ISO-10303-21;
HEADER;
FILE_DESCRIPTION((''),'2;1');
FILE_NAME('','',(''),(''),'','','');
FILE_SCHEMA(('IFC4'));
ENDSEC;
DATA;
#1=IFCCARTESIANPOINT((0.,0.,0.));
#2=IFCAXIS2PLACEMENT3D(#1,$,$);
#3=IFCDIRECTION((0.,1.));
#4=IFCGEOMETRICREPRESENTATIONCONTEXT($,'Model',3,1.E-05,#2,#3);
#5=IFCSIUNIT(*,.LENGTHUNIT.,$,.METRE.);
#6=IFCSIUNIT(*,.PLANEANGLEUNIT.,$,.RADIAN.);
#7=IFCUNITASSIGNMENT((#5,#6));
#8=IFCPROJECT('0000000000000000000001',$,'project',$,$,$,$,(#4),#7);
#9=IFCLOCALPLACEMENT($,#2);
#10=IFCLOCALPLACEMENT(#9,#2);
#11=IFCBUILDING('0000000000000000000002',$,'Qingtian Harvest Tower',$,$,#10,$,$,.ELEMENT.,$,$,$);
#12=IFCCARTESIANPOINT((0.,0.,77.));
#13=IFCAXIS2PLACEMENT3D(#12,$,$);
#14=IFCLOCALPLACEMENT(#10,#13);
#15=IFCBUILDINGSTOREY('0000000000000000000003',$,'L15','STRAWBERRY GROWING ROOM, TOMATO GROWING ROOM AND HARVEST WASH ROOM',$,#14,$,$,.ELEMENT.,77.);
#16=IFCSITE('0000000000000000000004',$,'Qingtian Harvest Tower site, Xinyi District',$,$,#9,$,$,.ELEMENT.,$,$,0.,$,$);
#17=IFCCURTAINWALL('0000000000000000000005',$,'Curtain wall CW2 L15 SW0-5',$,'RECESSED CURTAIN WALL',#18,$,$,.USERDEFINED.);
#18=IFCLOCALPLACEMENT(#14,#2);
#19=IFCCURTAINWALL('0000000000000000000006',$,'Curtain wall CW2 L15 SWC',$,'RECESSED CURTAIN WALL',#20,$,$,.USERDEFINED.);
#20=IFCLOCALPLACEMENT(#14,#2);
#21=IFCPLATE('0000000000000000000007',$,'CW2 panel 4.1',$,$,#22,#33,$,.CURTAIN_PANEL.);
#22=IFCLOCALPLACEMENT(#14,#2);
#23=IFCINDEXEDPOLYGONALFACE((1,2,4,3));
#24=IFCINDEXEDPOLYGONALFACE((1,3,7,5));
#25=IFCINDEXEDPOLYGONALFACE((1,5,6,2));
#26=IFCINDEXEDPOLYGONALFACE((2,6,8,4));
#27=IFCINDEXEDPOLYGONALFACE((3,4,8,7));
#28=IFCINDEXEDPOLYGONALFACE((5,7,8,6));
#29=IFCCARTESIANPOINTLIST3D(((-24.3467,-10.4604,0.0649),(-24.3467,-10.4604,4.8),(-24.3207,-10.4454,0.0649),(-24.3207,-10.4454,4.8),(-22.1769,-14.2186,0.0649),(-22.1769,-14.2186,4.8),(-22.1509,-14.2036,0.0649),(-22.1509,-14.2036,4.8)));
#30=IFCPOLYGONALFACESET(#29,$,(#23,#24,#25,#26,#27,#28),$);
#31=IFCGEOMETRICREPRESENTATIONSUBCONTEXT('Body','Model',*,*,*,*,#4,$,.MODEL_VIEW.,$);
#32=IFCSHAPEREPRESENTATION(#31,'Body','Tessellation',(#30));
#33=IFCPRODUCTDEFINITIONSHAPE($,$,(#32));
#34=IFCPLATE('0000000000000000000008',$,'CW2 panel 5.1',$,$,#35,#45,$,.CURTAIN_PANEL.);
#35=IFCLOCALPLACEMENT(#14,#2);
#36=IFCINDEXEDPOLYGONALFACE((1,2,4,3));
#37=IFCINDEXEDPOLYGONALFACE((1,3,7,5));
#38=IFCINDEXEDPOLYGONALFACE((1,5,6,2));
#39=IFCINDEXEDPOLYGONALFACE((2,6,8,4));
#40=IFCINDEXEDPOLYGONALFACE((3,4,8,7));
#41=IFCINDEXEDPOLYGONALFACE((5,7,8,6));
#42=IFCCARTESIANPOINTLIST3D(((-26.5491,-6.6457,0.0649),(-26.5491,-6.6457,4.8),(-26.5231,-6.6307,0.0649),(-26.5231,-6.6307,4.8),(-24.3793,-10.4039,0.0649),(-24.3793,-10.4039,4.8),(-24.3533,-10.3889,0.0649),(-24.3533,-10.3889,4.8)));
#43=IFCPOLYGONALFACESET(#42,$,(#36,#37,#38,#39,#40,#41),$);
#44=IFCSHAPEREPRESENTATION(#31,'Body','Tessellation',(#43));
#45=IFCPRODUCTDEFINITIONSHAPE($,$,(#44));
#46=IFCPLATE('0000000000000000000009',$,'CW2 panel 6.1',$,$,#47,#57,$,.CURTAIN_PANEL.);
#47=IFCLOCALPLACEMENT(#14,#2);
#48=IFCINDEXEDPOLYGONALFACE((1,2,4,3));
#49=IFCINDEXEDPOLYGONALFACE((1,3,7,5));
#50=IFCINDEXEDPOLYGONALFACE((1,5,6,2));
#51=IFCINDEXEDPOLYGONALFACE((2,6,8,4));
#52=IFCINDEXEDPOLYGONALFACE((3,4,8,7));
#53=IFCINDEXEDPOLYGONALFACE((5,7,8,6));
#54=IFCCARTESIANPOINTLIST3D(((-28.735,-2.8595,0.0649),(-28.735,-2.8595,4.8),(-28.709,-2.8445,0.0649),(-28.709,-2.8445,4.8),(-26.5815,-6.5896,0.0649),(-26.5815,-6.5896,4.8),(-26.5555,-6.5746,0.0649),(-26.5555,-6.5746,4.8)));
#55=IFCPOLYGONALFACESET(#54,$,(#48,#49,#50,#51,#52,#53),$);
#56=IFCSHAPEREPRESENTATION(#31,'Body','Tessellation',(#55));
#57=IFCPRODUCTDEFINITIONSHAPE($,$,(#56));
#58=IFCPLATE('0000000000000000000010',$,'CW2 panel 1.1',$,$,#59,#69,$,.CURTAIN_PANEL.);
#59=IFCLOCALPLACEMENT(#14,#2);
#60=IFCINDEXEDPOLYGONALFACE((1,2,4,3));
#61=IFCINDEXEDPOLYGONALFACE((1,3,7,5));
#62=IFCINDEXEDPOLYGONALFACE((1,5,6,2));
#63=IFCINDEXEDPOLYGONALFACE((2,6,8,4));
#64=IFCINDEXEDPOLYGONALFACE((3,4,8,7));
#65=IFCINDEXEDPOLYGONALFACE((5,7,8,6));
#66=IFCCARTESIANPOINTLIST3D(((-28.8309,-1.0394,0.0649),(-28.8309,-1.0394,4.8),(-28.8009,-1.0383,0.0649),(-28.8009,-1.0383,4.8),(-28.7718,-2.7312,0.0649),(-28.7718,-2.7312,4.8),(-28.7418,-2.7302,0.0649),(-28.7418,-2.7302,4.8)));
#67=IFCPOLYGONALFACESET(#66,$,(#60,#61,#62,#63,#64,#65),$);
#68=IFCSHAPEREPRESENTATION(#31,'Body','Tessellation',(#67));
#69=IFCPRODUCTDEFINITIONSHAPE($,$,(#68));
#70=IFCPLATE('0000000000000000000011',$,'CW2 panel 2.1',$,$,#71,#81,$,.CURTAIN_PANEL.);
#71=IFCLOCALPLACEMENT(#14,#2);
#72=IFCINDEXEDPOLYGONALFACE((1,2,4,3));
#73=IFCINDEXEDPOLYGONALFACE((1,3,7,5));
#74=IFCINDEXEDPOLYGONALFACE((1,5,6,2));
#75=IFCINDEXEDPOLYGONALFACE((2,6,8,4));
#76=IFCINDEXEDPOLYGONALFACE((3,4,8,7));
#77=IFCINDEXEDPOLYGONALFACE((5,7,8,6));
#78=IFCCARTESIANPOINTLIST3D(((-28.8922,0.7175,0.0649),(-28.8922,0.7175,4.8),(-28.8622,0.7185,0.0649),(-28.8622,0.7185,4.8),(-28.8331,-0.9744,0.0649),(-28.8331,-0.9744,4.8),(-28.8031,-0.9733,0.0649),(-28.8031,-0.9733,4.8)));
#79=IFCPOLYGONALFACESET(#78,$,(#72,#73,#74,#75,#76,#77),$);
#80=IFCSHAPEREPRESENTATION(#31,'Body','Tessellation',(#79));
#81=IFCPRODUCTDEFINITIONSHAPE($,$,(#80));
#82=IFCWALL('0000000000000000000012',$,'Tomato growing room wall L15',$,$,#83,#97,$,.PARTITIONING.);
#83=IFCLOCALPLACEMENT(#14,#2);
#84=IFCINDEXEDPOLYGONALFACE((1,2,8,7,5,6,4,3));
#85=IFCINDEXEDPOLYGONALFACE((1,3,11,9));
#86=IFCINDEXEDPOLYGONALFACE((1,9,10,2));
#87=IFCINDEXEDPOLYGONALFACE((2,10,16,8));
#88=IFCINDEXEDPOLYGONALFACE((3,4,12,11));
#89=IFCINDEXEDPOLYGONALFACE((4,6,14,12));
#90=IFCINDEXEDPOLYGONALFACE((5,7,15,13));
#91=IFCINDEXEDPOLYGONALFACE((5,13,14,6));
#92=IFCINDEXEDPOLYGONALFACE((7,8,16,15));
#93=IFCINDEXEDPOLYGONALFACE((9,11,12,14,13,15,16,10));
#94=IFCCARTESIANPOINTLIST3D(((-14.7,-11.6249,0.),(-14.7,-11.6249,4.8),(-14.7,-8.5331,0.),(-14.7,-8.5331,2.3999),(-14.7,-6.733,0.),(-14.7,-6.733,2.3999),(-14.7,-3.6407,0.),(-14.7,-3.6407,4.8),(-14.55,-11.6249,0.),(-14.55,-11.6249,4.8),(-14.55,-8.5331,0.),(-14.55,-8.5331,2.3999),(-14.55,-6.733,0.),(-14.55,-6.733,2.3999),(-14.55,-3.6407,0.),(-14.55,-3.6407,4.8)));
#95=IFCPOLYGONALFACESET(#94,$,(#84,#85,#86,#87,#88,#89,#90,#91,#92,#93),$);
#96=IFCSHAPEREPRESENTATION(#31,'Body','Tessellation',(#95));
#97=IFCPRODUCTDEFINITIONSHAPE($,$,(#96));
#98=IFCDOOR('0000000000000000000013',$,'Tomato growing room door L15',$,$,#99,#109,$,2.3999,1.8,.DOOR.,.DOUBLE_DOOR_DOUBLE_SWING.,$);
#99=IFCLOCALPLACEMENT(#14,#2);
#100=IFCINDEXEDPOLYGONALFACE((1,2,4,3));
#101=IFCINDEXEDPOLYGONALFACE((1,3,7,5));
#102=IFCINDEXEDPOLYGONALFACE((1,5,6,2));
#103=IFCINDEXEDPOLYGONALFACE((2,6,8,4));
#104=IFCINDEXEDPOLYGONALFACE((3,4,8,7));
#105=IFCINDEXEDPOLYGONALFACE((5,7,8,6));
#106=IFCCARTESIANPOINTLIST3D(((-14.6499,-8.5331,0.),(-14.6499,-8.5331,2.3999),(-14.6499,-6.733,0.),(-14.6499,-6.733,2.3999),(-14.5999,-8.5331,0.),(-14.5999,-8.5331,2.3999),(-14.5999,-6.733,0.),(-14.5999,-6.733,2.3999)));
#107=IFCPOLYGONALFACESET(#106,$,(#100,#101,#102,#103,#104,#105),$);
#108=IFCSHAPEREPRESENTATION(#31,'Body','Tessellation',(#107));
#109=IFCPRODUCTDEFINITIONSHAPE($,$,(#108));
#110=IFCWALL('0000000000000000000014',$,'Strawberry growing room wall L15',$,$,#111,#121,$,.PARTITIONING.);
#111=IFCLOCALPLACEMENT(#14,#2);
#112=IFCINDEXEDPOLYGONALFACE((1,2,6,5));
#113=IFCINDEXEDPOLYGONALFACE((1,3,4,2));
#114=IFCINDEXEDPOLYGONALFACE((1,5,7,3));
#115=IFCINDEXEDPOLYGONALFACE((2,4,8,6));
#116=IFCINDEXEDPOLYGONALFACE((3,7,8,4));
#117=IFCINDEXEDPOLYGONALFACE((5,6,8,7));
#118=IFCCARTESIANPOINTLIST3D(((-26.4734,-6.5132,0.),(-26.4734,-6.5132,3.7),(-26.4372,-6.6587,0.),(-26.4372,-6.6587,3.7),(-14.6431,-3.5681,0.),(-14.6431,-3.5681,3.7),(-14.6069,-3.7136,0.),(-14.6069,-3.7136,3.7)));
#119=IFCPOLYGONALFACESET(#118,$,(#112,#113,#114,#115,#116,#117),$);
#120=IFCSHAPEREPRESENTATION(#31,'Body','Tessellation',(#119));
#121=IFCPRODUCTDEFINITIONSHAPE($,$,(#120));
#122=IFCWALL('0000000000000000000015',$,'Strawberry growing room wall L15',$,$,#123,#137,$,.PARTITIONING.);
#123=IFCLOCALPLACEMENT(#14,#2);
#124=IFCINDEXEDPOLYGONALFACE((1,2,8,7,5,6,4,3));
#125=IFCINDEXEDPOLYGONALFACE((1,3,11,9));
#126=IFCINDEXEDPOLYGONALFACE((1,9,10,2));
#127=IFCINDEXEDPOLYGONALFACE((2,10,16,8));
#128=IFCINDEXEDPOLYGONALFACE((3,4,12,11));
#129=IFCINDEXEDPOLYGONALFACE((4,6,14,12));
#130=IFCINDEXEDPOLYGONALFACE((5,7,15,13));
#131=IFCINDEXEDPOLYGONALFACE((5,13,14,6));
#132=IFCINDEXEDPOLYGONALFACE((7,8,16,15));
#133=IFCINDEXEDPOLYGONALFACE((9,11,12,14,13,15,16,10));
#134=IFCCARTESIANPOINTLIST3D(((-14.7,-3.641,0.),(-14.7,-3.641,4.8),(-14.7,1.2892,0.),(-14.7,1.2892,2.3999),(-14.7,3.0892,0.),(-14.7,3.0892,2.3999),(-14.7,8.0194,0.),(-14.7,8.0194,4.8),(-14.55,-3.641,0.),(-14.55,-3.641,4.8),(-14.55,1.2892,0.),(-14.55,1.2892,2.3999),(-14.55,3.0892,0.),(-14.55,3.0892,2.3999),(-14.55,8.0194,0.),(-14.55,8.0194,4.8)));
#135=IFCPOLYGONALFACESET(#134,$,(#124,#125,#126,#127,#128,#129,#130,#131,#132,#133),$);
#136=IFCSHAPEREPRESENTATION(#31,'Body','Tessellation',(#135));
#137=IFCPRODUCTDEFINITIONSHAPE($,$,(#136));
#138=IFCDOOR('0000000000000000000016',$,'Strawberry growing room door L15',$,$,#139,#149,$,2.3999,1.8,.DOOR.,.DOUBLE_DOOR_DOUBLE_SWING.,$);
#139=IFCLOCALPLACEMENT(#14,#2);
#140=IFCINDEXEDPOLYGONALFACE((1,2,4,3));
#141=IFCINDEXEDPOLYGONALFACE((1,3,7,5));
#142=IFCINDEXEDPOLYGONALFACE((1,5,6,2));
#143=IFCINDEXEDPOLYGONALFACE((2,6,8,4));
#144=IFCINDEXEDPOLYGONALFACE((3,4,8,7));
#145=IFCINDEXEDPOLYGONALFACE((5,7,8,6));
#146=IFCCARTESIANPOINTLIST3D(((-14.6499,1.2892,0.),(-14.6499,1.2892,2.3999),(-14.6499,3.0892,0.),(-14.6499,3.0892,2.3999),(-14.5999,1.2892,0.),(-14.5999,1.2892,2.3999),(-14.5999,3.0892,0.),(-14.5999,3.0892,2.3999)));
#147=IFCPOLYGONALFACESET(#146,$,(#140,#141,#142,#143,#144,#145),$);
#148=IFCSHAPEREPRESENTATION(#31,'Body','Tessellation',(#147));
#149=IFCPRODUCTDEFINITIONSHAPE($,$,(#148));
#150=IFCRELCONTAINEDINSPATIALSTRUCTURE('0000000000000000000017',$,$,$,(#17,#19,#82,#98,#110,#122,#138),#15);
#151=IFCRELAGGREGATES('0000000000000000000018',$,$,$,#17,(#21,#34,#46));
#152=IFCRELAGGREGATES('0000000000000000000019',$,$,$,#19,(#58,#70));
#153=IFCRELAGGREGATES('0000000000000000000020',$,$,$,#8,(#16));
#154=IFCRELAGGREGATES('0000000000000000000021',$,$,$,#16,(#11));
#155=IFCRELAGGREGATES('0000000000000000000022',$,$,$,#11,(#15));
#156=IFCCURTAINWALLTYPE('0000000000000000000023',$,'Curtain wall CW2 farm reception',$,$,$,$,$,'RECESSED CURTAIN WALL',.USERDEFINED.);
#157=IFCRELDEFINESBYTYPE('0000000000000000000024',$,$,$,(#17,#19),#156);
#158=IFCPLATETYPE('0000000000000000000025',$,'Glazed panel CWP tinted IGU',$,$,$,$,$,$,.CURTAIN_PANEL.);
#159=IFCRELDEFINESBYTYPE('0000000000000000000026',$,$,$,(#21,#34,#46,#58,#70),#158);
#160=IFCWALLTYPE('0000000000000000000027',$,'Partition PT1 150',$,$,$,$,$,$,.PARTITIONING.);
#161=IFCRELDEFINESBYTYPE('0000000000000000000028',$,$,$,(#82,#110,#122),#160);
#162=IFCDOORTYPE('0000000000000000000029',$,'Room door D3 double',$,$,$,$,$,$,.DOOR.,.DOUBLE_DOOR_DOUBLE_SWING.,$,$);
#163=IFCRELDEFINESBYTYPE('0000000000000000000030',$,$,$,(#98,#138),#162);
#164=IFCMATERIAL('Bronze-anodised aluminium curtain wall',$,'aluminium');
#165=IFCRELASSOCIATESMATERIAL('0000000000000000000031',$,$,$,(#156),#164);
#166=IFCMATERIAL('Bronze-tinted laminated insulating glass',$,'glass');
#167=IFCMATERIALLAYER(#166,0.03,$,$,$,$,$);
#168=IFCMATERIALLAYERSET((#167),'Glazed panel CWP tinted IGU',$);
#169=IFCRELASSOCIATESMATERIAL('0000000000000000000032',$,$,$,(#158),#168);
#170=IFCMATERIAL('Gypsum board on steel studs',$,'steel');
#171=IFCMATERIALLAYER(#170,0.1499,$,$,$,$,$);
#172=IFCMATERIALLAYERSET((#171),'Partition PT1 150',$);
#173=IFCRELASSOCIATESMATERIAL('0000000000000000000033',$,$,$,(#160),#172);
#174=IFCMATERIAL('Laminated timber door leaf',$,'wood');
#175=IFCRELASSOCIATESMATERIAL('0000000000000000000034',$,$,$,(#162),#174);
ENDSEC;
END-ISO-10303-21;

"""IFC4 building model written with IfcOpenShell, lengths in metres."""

from ifc_helpers import new_model, si_unit, direction, frame, frame_2d, origin, origin_2d, place, context, subcontext, project, spatial, rectangle, extrude, material, layer, layer_set, type_object, element, fill, aggregate, save


model = new_model("IFC4")

# Units and contexts
model_context = context("Model", 3, precision=1e-05, world=origin(), true_north=direction((0.0, 1.0)))
body_context = subcontext(model_context, "Body", "Model", "MODEL_VIEW")
ifc_project = project(units=[si_unit("LENGTHUNIT", "METRE"), si_unit("PLANEANGLEUNIT", "RADIAN")], contexts=[model_context])

# Site, building, storey
site_placement = place(None, origin())
site = spatial("IfcSite", under=ifc_project, at=site_placement, Name="Qingtian Harvest Tower site, Xinyi District", CompositionType="ELEMENT", RefElevation=0.0)
building_placement = place(site_placement, origin())
building = spatial("IfcBuilding", under=site, at=building_placement, Name="Qingtian Harvest Tower", CompositionType="ELEMENT")
storey_placement = place(building_placement, frame((0.0, 0.0, 77.0)))
storey = spatial("IfcBuildingStorey", under=building, at=storey_placement, Name="L15", Description="STRAWBERRY GROWING ROOM, TOMATO GROWING ROOM AND HARVEST WASH ROOM", CompositionType="ELEMENT", Elevation=77.0)

# Curtain walls
ifc_material_1 = material(Name="Bronze-anodised aluminium curtain wall", Category="aluminium")
curtain_wall_type = type_object("IfcCurtainWallType", Name="Curtain wall CW2 farm reception", ElementType="RECESSED CURTAIN WALL", PredefinedType="USERDEFINED", material=ifc_material_1)
curtain_wall_1_placement = place(storey_placement, origin())
curtain_wall_1 = element("IfcCurtainWall", 1, at=curtain_wall_1_placement, inside=storey, type_object=curtain_wall_type, Name="Curtain wall CW2 L15 SW0-5", ObjectType="RECESSED CURTAIN WALL", PredefinedType="USERDEFINED")
curtain_wall_2_placement = place(storey_placement, origin())
curtain_wall_2 = element("IfcCurtainWall", 2, at=curtain_wall_2_placement, inside=storey, type_object=curtain_wall_type, Name="Curtain wall CW2 L15 SWC", ObjectType="RECESSED CURTAIN WALL", PredefinedType="USERDEFINED")

# Plates
ifc_material_2 = material(Name="Bronze-tinted laminated insulating glass", Category="glass")
ifc_layer_1 = layer(ifc_material_2, 0.03)
ifc_layer_set_1 = layer_set([ifc_layer_1], Name="Glazed panel CWP tinted IGU")
plate_type = type_object("IfcPlateType", Name="Glazed panel CWP tinted IGU", PredefinedType="CURTAIN_PANEL", material=ifc_layer_set_1)
plate_1_placement = place(storey_placement, frame((-23.2488, -12.332, 0.0649), z_axis=(0.0, 0.0, 1.0), x_axis=(-0.5, 0.866025, 0.0)))
plate_1 = element("IfcPlate", 3, at=plate_1_placement, type_object=plate_type, Name="CW2 panel 4.1", PredefinedType="CURTAIN_PANEL", context=body_context, shape_type="SweptSolid", body=[
    extrude(rectangle(XDim=4.3396, YDim=0.03, at=origin_2d()), origin(), (0.0, 0.0, 1.0), 4.7351),
])
plate_2_placement = place(storey_placement, frame((-25.4512, -8.5173, 0.0649), z_axis=(0.0, 0.0, 1.0), x_axis=(-0.5, 0.866025, 0.0)))
plate_2 = element("IfcPlate", 4, at=plate_2_placement, type_object=plate_type, Name="CW2 panel 5.1", PredefinedType="CURTAIN_PANEL", context=body_context, shape_type="SweptSolid", body=[
    extrude(rectangle(XDim=4.3396, YDim=0.03, at=origin_2d()), origin(), (0.0, 0.0, 1.0), 4.7351),
])
plate_3_placement = place(storey_placement, frame((-27.6453, -4.717, 0.0649), z_axis=(0.0, 0.0, 1.0), x_axis=(-0.5, 0.866025, 0.0)))
plate_3 = element("IfcPlate", 5, at=plate_3_placement, type_object=plate_type, Name="CW2 panel 6.1", PredefinedType="CURTAIN_PANEL", context=body_context, shape_type="SweptSolid", body=[
    extrude(rectangle(XDim=4.3071, YDim=0.03, at=origin_2d()), origin(), (0.0, 0.0, 1.0), 4.7351),
])
aggregate(curtain_wall_1, [plate_1, plate_2, plate_3])
plate_4_placement = place(storey_placement, frame((-28.7864, -1.8848, 0.0649), z_axis=(0.0, 0.0, 1.0), x_axis=(-0.034899, 0.999391, 0.0)))
plate_4 = element("IfcPlate", 6, at=plate_4_placement, type_object=plate_type, Name="CW2 panel 1.1", PredefinedType="CURTAIN_PANEL", context=body_context, shape_type="SweptSolid", body=[
    extrude(rectangle(XDim=1.6929, YDim=0.03, at=origin_2d()), origin(), (0.0, 0.0, 1.0), 4.7351),
])
plate_5_placement = place(storey_placement, frame((-28.8477, -0.1279, 0.0649), z_axis=(0.0, 0.0, 1.0), x_axis=(-0.034899, 0.999391, 0.0)))
plate_5 = element("IfcPlate", 7, at=plate_5_placement, type_object=plate_type, Name="CW2 panel 2.1", PredefinedType="CURTAIN_PANEL", context=body_context, shape_type="SweptSolid", body=[
    extrude(rectangle(XDim=1.6929, YDim=0.03, at=origin_2d()), origin(), (0.0, 0.0, 1.0), 4.7351),
])
aggregate(curtain_wall_2, [plate_4, plate_5])

# Wall, opening, door
ifc_material_3 = material(Name="Gypsum board on steel studs", Category="steel")
ifc_layer_2 = layer(ifc_material_3, 0.1499)
ifc_layer_set_2 = layer_set([ifc_layer_2], Name="Partition PT1 150")
wall_type = type_object("IfcWallType", Name="Partition PT1 150", PredefinedType="PARTITIONING", material=ifc_layer_set_2)
wall_1_placement = place(storey_placement, frame((-14.625, -11.625, 0.0), z_axis=(0.0, 0.0, 1.0), x_axis=(0.0, 1.0, 0.0)))
wall_1 = element("IfcWall", 8, at=wall_1_placement, inside=storey, type_object=wall_type, Name="Tomato growing room wall L15", PredefinedType="PARTITIONING", context=body_context, shape_type="SweptSolid", body=[
    extrude(rectangle(XDim=7.9841, YDim=0.1499, at=frame_2d((3.9922, 0.0))), origin(), (0.0, 0.0, 1.0), 4.8),
])
opening_1_placement = place(wall_1_placement, frame((3.092, 0.0, 0.0)))
opening_1 = element("IfcOpeningElement", 9, at=opening_1_placement, cuts=wall_1, PredefinedType="OPENING", context=body_context, shape_type="SweptSolid", body=[
    extrude(rectangle(XDim=1.8, YDim=2.3999, at=frame_2d((0.8999, 1.2))), frame((0.0, 0.085, 0.0), z_axis=(0.0, -1.0, 0.0), x_axis=(1.0, 0.0, 0.0)), (0.0, 0.0, 1.0), 0.1699),
])
ifc_material_4 = material(Name="Laminated timber door leaf", Category="wood")
door_type = type_object("IfcDoorType", Name="Room door D3 double", OperationType="DOUBLE_DOOR_DOUBLE_SWING", PredefinedType="DOOR", material=ifc_material_4)
door_1_placement = place(opening_1_placement, origin())
door_1 = element("IfcDoor", 10, at=door_1_placement, inside=storey, type_object=door_type, Name="Tomato growing room door L15", OperationType="DOUBLE_DOOR_DOUBLE_SWING", OverallHeight=2.3999, OverallWidth=1.8, PredefinedType="DOOR", context=body_context, shape_type="SweptSolid", body=[
    extrude(rectangle(XDim=1.8, YDim=2.3999, at=frame_2d((0.8999, 1.2))), frame((0.0, 0.0249, 0.0), z_axis=(0.0, -1.0, 0.0), x_axis=(1.0, 0.0, 0.0)), (0.0, 0.0, 1.0), 0.05),
])
fill(opening_1, door_1)

# Wall
wall_2_placement = place(storey_placement, frame((-26.4553, -6.5859, 0.0), z_axis=(0.0, 0.0, 1.0), x_axis=(0.970384, 0.24157, 0.0)))
element("IfcWall", 11, at=wall_2_placement, inside=storey, type_object=wall_type, Name="Strawberry growing room wall L15", PredefinedType="PARTITIONING", context=body_context, shape_type="SweptSolid", body=[
    extrude(rectangle(XDim=12.1914, YDim=0.1499, at=frame_2d((6.0957, 0.0))), origin(), (0.0, 0.0, 1.0), 3.7),
])

# Wall, opening, door
wall_3_placement = place(storey_placement, frame((-14.625, -3.6409, 0.0), z_axis=(0.0, 0.0, 1.0), x_axis=(0.0, 1.0, 0.0)))
wall_3 = element("IfcWall", 12, at=wall_3_placement, inside=storey, type_object=wall_type, Name="Strawberry growing room wall L15", PredefinedType="PARTITIONING", context=body_context, shape_type="SweptSolid", body=[
    extrude(rectangle(XDim=11.6604, YDim=0.1499, at=frame_2d((5.8301, 0.0))), origin(), (0.0, 0.0, 1.0), 4.8),
])
opening_2_placement = place(wall_3_placement, frame((4.9302, 0.0, 0.0)))
opening_2 = element("IfcOpeningElement", 13, at=opening_2_placement, cuts=wall_3, PredefinedType="OPENING", context=body_context, shape_type="SweptSolid", body=[
    extrude(rectangle(XDim=1.8, YDim=2.3999, at=frame_2d((0.8999, 1.2))), frame((0.0, 0.085, 0.0), z_axis=(0.0, -1.0, 0.0), x_axis=(1.0, 0.0, 0.0)), (0.0, 0.0, 1.0), 0.1699),
])
door_2_placement = place(opening_2_placement, origin())
door_2 = element("IfcDoor", 14, at=door_2_placement, inside=storey, type_object=door_type, Name="Strawberry growing room door L15", OperationType="DOUBLE_DOOR_DOUBLE_SWING", OverallHeight=2.3999, OverallWidth=1.8, PredefinedType="DOOR", context=body_context, shape_type="SweptSolid", body=[
    extrude(rectangle(XDim=1.8, YDim=2.3999, at=frame_2d((0.8999, 1.2))), frame((0.0, 0.0249, 0.0), z_axis=(0.0, -1.0, 0.0), x_axis=(1.0, 0.0, 0.0)), (0.0, 0.0, 1.0), 0.05),
])
fill(opening_2, door_2)

save(model, "model.ifc")
